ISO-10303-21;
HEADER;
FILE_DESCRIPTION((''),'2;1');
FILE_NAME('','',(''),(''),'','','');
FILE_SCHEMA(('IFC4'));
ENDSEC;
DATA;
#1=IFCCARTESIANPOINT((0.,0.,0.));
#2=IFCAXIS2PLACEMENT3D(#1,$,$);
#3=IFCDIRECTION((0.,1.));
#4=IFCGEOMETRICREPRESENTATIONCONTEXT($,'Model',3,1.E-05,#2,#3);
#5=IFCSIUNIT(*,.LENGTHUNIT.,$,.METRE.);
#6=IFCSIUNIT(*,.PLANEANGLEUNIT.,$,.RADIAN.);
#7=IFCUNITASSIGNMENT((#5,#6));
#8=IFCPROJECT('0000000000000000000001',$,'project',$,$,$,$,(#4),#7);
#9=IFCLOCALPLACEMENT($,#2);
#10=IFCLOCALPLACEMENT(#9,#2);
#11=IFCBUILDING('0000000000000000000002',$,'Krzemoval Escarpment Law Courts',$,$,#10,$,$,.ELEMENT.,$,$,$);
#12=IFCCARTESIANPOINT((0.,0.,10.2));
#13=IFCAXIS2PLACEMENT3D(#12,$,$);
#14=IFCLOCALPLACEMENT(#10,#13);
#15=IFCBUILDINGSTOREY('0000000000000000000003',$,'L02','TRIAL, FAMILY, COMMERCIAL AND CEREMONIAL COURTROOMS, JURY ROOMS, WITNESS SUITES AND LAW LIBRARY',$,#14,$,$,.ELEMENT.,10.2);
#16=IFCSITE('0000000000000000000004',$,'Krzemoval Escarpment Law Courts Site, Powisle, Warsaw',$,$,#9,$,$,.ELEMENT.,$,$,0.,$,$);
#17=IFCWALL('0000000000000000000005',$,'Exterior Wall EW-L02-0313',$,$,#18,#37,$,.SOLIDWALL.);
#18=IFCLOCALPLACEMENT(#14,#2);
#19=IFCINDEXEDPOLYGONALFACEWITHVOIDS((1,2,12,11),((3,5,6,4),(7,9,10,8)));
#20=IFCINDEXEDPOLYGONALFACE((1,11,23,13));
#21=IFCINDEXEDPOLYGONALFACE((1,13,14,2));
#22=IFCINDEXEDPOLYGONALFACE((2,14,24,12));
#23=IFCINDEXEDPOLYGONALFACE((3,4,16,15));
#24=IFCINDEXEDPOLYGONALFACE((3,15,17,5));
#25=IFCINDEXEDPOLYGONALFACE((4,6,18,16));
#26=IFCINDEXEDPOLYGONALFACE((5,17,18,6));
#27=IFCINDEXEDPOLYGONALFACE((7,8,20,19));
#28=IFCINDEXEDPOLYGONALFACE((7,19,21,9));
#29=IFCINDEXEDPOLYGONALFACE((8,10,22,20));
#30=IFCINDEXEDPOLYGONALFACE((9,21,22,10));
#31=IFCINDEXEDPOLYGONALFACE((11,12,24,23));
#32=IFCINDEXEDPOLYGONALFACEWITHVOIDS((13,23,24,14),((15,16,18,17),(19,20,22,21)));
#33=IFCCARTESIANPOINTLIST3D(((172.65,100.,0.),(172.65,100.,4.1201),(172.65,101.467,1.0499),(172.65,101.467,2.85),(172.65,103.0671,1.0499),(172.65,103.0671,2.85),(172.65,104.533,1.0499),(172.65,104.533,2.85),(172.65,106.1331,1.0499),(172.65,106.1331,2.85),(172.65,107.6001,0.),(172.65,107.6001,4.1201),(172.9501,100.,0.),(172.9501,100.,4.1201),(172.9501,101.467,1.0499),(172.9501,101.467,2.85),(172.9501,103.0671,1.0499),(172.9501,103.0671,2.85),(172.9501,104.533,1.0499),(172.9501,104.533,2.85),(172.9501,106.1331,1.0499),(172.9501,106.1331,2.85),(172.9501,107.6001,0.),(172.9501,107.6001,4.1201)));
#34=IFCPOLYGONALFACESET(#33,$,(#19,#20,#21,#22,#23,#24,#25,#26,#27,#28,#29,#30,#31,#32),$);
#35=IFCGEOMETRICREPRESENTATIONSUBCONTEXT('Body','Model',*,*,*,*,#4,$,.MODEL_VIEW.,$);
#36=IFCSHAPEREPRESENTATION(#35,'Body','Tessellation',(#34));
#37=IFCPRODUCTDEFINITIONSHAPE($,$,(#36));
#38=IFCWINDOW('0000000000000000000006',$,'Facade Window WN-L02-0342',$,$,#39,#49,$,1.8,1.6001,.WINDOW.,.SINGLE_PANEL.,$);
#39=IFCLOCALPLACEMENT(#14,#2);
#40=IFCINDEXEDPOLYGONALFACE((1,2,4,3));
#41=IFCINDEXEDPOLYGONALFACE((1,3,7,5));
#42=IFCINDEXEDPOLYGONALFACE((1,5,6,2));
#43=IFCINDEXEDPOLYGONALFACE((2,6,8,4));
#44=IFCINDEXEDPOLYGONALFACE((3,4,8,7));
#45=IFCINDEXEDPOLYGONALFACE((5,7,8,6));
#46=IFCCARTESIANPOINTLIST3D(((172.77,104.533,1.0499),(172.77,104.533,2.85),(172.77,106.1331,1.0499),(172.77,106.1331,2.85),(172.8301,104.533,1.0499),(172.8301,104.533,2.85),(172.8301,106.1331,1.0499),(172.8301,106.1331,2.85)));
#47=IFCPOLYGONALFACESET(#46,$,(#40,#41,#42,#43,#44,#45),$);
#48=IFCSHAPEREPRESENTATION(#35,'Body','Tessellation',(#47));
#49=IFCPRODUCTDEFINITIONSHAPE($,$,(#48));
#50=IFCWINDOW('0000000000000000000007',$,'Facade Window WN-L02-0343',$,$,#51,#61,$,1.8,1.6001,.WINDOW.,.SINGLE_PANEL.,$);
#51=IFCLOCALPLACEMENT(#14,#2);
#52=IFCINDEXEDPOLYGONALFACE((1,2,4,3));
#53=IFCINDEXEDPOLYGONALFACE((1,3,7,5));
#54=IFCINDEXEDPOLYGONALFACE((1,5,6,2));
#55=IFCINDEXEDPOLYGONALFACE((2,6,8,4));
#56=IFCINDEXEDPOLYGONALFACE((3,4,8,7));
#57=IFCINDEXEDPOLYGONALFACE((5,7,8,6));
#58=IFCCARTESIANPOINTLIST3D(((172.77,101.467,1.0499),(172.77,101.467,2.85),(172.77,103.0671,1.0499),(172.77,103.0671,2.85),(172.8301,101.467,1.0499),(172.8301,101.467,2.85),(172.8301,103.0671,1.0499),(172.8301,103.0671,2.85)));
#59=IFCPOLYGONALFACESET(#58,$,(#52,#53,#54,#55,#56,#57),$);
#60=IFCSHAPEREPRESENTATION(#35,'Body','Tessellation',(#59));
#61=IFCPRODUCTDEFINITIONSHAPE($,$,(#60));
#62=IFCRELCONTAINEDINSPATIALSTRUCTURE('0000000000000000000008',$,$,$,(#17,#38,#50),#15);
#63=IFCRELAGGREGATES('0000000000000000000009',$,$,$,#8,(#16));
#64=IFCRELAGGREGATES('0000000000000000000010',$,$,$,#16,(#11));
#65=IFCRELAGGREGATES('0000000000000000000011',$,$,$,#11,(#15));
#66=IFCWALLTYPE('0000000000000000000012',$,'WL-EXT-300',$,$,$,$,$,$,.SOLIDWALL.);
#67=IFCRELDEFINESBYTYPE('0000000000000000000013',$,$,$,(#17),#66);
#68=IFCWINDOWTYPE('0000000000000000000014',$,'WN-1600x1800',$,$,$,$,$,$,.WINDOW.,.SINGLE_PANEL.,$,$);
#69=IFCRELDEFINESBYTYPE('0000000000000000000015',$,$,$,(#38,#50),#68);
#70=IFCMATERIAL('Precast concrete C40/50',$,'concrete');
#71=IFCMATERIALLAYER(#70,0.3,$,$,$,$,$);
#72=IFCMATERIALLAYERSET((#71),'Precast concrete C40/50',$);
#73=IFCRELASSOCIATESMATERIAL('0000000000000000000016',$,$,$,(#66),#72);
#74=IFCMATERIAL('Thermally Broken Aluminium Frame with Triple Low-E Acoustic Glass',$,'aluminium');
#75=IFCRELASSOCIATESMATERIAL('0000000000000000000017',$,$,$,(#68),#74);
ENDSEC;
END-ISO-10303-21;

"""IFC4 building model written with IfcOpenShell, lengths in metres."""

from ifc_helpers import new_model, si_unit, direction, frame, frame_2d, origin, place, context, subcontext, project, spatial, rectangle, extrude, material, layer, layer_set, type_object, element, fill, save


model = new_model("IFC4")

# Units and contexts
model_context = context("Model", 3, precision=1e-05, world=origin(), true_north=direction((0.0, 1.0)))
body_context = subcontext(model_context, "Body", "Model", "MODEL_VIEW")
ifc_project = project(units=[si_unit("LENGTHUNIT", "METRE"), si_unit("PLANEANGLEUNIT", "RADIAN")], contexts=[model_context])

# Site, building, storey
site_placement = place(None, origin())
site = spatial("IfcSite", under=ifc_project, at=site_placement, Name="Krzemoval Escarpment Law Courts Site, Powisle, Warsaw", CompositionType="ELEMENT", RefElevation=0.0)
building_placement = place(site_placement, origin())
building = spatial("IfcBuilding", under=site, at=building_placement, Name="Krzemoval Escarpment Law Courts", CompositionType="ELEMENT")
storey_placement = place(building_placement, frame((0.0, 0.0, 10.2)))
storey = spatial("IfcBuildingStorey", under=building, at=storey_placement, Name="L02", Description="TRIAL, FAMILY, COMMERCIAL AND CEREMONIAL COURTROOMS, JURY ROOMS, WITNESS SUITES AND LAW LIBRARY", CompositionType="ELEMENT", Elevation=10.2)

# Wall, openings, windows
ifc_material_1 = material(Name="Precast concrete C40/50", Category="concrete")
ifc_layer_1 = layer(ifc_material_1, 0.3)
ifc_layer_set_1 = layer_set([ifc_layer_1], Name="Precast concrete C40/50")
wall_type = type_object("IfcWallType", Name="WL-EXT-300", PredefinedType="SOLIDWALL", material=ifc_layer_set_1)
wall_placement = place(storey_placement, frame((172.8, 107.6001, 0.0), z_axis=(0.0, 0.0, 1.0), x_axis=(0.0, -1.0, 0.0)))
wall = element("IfcWall", 1, at=wall_placement, inside=storey, type_object=wall_type, Name="Exterior Wall EW-L02-0313", PredefinedType="SOLIDWALL", context=body_context, shape_type="SweptSolid", body=[
    extrude(rectangle(XDim=7.6001, YDim=0.3, at=frame_2d((3.8, 0.0))), origin(), (0.0, 0.0, 1.0), 4.1201),
])
opening_1_placement = place(wall_placement, frame((1.467, 0.0, 1.05)))
opening_1 = element("IfcOpeningElement", 2, at=opening_1_placement, cuts=wall, PredefinedType="OPENING", context=body_context, shape_type="SweptSolid", body=[
    extrude(rectangle(XDim=1.6001, YDim=1.8, at=frame_2d((0.8, 0.8999))), frame((0.0, 0.165, 0.0), z_axis=(0.0, -1.0, 0.0), x_axis=(1.0, 0.0, 0.0)), (0.0, 0.0, 1.0), 0.3301),
])
opening_2_placement = place(wall_placement, frame((4.533, 0.0, 1.05)))
opening_2 = element("IfcOpeningElement", 3, at=opening_2_placement, cuts=wall, PredefinedType="OPENING", context=body_context, shape_type="SweptSolid", body=[
    extrude(rectangle(XDim=1.6001, YDim=1.8, at=frame_2d((0.8, 0.8999))), frame((0.0, 0.165, 0.0), z_axis=(0.0, -1.0, 0.0), x_axis=(1.0, 0.0, 0.0)), (0.0, 0.0, 1.0), 0.3301),
])
ifc_material_2 = material(Name="Thermally Broken Aluminium Frame with Triple Low-E Acoustic Glass", Category="aluminium")
window_type = type_object("IfcWindowType", Name="WN-1600x1800", PartitioningType="SINGLE_PANEL", PredefinedType="WINDOW", material=ifc_material_2)
window_1_placement = place(opening_1_placement, origin())
window_1 = element("IfcWindow", 4, at=window_1_placement, inside=storey, type_object=window_type, Name="Facade Window WN-L02-0342", OverallHeight=1.8, OverallWidth=1.6001, PartitioningType="SINGLE_PANEL", PredefinedType="WINDOW", context=body_context, shape_type="SweptSolid", body=[
    extrude(rectangle(XDim=1.6001, YDim=1.8, at=frame_2d((0.8, 0.8999))), frame((0.0, 0.03, 0.0), z_axis=(0.0, -1.0, 0.0), x_axis=(1.0, 0.0, 0.0)), (0.0, 0.0, 1.0), 0.0601),
])
fill(opening_1, window_1)
window_2_placement = place(opening_2_placement, origin())
window_2 = element("IfcWindow", 5, at=window_2_placement, inside=storey, type_object=window_type, Name="Facade Window WN-L02-0343", OverallHeight=1.8, OverallWidth=1.6001, PartitioningType="SINGLE_PANEL", PredefinedType="WINDOW", context=body_context, shape_type="SweptSolid", body=[
    extrude(rectangle(XDim=1.6001, YDim=1.8, at=frame_2d((0.8, 0.8999))), frame((0.0, 0.03, 0.0), z_axis=(0.0, -1.0, 0.0), x_axis=(1.0, 0.0, 0.0)), (0.0, 0.0, 1.0), 0.0601),
])
fill(opening_2, window_2)

save(model, "model.ifc")
